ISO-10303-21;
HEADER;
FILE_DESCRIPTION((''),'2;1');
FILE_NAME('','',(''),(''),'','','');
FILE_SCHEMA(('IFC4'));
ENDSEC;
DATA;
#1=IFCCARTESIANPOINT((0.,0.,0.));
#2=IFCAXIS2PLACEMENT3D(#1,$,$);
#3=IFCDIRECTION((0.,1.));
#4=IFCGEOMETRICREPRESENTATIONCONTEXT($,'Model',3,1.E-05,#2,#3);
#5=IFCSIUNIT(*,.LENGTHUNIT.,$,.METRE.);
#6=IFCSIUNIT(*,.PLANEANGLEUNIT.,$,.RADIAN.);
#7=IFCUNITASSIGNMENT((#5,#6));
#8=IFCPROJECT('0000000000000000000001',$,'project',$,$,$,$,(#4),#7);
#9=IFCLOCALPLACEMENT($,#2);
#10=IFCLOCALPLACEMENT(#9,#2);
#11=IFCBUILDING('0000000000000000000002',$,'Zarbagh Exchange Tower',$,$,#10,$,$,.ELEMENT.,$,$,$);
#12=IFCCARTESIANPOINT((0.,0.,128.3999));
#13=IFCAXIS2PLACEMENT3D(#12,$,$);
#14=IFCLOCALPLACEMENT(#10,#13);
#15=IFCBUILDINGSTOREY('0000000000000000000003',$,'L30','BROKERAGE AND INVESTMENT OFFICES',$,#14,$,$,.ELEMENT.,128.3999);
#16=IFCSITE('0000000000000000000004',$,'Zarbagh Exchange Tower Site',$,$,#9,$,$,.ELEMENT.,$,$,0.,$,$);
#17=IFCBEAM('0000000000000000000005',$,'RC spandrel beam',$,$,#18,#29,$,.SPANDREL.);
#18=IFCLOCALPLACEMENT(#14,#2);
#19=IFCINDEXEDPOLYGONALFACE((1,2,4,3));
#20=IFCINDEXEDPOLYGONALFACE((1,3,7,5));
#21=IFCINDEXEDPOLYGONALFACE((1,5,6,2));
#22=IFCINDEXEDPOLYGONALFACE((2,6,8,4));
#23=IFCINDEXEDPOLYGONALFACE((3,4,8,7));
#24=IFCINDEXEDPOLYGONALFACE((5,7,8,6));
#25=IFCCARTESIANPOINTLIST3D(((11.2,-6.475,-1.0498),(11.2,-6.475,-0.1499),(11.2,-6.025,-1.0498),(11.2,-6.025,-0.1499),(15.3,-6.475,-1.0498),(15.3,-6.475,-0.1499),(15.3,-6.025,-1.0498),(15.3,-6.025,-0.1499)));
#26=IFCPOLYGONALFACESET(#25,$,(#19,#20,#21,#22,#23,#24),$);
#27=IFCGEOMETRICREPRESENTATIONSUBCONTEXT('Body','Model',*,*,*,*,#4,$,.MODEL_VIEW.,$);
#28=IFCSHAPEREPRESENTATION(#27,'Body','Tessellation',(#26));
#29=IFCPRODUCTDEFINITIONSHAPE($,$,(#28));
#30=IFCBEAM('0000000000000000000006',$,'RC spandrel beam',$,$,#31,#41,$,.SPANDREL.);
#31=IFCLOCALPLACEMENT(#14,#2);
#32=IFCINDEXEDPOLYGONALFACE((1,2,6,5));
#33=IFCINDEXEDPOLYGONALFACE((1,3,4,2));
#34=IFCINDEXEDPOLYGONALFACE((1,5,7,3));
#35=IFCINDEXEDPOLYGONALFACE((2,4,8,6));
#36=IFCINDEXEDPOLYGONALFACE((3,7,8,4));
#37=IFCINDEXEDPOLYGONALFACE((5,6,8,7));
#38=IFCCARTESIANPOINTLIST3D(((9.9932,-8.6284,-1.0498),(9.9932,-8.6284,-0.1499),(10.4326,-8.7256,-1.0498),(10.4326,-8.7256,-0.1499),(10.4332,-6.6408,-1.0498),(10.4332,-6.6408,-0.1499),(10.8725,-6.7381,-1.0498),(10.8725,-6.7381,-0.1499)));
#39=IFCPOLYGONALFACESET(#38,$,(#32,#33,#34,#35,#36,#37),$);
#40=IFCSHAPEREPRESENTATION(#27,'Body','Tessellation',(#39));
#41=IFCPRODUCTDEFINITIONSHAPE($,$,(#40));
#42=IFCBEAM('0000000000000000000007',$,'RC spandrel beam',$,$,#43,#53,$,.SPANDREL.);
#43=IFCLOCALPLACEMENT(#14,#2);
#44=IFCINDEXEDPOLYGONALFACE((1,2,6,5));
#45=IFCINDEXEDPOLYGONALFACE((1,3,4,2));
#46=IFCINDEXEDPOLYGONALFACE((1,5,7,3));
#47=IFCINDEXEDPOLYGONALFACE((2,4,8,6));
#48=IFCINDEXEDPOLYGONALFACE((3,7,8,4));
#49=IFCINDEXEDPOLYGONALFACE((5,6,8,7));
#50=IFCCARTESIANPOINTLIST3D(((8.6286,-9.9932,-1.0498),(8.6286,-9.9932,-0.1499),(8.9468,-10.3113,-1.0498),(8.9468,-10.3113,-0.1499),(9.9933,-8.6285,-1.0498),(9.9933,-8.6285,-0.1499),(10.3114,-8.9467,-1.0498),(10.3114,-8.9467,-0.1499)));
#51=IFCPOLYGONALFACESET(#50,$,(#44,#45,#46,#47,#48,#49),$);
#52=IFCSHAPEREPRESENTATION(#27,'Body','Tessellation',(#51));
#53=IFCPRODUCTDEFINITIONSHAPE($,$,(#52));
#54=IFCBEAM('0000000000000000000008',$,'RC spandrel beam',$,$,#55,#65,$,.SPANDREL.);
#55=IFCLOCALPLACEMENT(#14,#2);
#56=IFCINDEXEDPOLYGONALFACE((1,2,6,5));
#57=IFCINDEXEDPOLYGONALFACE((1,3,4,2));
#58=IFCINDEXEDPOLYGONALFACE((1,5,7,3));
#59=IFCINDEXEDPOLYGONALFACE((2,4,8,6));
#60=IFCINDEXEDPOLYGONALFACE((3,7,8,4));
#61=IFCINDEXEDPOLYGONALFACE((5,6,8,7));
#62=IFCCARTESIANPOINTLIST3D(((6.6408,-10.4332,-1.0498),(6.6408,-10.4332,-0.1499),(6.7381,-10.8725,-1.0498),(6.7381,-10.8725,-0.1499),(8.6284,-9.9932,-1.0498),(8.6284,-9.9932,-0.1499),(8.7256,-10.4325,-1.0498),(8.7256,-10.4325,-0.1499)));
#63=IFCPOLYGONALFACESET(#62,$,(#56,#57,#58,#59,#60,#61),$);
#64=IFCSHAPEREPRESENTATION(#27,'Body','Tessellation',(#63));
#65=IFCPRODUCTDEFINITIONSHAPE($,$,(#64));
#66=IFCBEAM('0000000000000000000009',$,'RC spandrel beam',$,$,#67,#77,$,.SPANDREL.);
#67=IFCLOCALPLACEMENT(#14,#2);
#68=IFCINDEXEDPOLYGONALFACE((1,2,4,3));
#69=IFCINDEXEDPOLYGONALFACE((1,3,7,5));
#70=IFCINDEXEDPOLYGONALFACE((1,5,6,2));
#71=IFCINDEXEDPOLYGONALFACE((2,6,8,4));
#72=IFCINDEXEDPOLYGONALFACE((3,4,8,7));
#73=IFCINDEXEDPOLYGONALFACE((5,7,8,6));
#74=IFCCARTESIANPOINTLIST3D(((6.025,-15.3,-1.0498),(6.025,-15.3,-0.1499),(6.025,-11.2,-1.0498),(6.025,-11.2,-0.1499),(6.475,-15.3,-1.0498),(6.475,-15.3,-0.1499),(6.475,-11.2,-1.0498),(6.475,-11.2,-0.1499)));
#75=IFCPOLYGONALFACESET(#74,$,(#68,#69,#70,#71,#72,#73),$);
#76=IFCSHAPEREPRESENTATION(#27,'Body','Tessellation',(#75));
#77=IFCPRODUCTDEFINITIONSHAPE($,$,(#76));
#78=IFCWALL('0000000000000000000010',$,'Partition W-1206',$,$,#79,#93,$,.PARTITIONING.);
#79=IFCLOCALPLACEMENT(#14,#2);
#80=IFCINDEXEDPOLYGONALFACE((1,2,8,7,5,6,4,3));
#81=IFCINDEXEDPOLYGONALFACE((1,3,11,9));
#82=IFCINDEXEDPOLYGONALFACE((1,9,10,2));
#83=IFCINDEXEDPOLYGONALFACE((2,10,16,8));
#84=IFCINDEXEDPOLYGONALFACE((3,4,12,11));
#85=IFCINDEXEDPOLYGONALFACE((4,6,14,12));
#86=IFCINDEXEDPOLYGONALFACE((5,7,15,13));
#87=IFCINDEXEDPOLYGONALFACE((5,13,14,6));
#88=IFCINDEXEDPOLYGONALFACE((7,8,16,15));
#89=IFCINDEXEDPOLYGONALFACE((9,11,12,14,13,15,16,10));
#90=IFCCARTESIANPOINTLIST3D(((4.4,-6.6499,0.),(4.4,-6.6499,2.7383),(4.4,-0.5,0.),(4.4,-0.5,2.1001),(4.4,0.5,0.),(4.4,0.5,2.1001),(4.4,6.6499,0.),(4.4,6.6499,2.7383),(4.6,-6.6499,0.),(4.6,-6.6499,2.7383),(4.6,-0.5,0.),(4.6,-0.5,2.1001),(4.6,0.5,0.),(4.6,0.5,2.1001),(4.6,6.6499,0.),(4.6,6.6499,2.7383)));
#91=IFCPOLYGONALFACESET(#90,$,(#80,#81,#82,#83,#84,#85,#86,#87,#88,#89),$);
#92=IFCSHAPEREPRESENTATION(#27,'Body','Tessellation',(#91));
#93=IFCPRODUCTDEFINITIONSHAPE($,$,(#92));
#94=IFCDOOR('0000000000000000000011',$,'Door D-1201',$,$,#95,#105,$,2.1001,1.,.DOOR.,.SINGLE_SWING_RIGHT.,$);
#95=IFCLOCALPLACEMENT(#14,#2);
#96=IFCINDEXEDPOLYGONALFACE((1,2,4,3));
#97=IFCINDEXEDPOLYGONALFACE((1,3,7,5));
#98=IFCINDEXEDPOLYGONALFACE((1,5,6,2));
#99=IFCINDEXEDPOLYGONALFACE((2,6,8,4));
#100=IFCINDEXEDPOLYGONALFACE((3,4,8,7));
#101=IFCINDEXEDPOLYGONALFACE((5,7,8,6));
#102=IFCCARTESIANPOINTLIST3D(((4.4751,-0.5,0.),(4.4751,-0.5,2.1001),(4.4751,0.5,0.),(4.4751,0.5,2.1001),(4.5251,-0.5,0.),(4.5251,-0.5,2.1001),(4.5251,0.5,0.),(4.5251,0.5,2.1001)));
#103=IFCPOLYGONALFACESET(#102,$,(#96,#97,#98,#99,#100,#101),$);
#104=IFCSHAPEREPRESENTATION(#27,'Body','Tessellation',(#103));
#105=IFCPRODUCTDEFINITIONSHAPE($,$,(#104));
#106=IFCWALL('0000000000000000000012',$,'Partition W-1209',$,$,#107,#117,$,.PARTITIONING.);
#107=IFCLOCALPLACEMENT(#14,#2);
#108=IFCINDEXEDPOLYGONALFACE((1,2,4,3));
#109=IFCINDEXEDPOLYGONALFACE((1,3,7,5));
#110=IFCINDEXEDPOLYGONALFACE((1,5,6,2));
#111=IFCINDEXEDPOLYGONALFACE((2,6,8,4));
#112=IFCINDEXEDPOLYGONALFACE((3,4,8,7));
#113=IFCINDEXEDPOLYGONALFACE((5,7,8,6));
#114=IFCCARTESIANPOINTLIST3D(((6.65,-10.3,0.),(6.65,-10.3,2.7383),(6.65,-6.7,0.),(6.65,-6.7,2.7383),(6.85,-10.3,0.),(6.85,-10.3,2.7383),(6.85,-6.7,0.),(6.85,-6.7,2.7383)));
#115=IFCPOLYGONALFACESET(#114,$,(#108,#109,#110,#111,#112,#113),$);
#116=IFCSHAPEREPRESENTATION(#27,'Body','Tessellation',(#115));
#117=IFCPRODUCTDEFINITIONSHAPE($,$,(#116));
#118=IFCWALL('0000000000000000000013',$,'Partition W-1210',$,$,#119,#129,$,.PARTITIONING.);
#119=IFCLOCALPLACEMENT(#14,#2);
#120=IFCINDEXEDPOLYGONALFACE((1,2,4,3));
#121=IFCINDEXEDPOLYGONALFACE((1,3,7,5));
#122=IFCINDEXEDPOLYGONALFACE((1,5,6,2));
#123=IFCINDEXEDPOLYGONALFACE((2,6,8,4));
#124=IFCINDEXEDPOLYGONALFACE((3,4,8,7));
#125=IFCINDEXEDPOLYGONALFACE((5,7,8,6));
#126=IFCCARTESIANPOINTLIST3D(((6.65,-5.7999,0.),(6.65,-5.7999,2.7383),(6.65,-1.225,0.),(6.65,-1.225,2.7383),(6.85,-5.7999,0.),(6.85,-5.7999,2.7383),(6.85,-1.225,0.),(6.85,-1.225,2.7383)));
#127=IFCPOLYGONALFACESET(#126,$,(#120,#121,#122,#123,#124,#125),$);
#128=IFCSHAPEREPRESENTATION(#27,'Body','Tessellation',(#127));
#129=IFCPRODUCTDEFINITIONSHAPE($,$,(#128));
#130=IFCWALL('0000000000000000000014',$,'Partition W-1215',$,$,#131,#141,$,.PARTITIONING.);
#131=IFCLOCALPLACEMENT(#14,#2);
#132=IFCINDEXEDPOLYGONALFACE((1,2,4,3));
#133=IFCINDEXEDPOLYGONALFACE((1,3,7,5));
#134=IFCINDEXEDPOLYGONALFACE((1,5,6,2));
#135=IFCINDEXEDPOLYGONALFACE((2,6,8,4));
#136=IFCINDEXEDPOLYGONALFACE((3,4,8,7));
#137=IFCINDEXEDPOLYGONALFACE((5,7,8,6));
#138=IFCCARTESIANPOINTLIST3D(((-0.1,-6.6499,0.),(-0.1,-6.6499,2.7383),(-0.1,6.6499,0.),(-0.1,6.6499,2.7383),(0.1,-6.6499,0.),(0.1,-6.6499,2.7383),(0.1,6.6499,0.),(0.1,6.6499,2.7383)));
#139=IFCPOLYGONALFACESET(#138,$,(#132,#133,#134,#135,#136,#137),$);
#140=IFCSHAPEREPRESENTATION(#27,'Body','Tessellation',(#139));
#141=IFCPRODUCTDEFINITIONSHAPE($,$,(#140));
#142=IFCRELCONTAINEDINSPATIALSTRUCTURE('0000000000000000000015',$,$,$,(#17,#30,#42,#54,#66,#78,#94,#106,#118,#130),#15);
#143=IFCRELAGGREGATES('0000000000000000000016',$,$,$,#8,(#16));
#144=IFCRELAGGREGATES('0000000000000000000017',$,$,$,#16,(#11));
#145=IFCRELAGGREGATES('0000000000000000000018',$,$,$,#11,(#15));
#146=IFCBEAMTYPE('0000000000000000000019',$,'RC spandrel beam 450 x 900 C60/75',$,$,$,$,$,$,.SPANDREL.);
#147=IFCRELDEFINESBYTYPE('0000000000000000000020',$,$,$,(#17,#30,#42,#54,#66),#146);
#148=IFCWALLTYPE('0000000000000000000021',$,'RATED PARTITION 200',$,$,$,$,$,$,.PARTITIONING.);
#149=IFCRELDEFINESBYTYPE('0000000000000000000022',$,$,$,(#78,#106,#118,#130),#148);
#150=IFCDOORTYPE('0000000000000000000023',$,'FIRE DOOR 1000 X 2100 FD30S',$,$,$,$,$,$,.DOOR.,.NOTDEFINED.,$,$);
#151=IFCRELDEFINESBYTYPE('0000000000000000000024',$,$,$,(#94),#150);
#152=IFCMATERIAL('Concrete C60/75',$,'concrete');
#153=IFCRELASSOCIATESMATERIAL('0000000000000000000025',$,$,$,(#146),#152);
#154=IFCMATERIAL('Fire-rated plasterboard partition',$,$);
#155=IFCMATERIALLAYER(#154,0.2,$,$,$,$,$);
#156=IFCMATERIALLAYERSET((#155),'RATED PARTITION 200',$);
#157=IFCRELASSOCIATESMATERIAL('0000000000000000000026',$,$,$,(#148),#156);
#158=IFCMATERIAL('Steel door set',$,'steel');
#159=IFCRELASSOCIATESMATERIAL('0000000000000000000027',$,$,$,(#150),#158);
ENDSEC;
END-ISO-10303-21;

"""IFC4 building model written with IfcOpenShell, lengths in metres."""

from ifc_helpers import new_model, si_unit, direction, frame, frame_2d, origin, origin_2d, place, context, subcontext, project, spatial, rectangle, extrude, material, layer, layer_set, material_profile, profile_set, type_object, element, fill, save


model = new_model("IFC4")

# Units and contexts
model_context = context("Model", 3, precision=1e-05, world=origin(), true_north=direction((0.0, 1.0)))
body_context = subcontext(model_context, "Body", "Model", "MODEL_VIEW")
ifc_project = project(units=[si_unit("LENGTHUNIT", "METRE"), si_unit("PLANEANGLEUNIT", "RADIAN")], contexts=[model_context])

# Site, building, storey
site_placement = place(None, origin())
site = spatial("IfcSite", under=ifc_project, at=site_placement, Name="Zarbagh Exchange Tower Site", CompositionType="ELEMENT", RefElevation=0.0)
building_placement = place(site_placement, origin())
building = spatial("IfcBuilding", under=site, at=building_placement, Name="Zarbagh Exchange Tower", CompositionType="ELEMENT")
storey_placement = place(building_placement, frame((0.0, 0.0, 128.3999)))
storey = spatial("IfcBuildingStorey", under=building, at=storey_placement, Name="L30", Description="BROKERAGE AND INVESTMENT OFFICES", CompositionType="ELEMENT", Elevation=128.3999)

# Shared definitions
ifc_material_1 = material(Name="Concrete C60/75", Category="concrete")

# Beams
ifc_material_profile_1 = material_profile(ifc_material_1, rectangle(XDim=0.45, YDim=0.8999, at=origin_2d()), Name="RC spandrel beam 450 x 900 C60/75")
ifc_profile_set_1 = profile_set([ifc_material_profile_1], Name="Concrete C60/75")
beam_type_1 = type_object("IfcBeamType", Name="RC spandrel beam 450 x 900 C60/75", PredefinedType="SPANDREL", material=ifc_profile_set_1)
beam_1_placement = place(storey_placement, frame((15.3, -6.25, -0.5999), z_axis=(-1.0, 0.0, 0.0), x_axis=(0.0, -1.0, 0.0)))
element("IfcBeam", 1, at=beam_1_placement, inside=storey, type_object=beam_type_1, Name="RC spandrel beam", PredefinedType="SPANDREL", context=body_context, shape_type="SweptSolid", body=[
    extrude(rectangle(XDim=0.45, YDim=0.8999, at=origin_2d()), origin(), (0.0, 0.0, 1.0), 4.1001),
])
beam_2_placement = place(storey_placement, frame((10.6528, -6.6895, -0.5999), z_axis=(-0.216118, -0.976367, 0.0), x_axis=(0.976367, -0.216118, 0.0)))
element("IfcBeam", 2, at=beam_2_placement, inside=storey, type_object=beam_type_1, Name="RC spandrel beam", PredefinedType="SPANDREL", context=body_context, shape_type="SweptSolid", body=[
    extrude(rectangle(XDim=0.45, YDim=0.8999, at=origin_2d()), origin(), (0.0, 0.0, 1.0), 2.0356),
])
beam_3_placement = place(storey_placement, frame((10.1523, -8.7876, -0.5999), z_axis=(-0.707107, -0.707107, 0.0), x_axis=(0.707107, -0.707107, 0.0)))
element("IfcBeam", 3, at=beam_3_placement, inside=storey, type_object=beam_type_1, Name="RC spandrel beam", PredefinedType="SPANDREL", context=body_context, shape_type="SweptSolid", body=[
    extrude(rectangle(XDim=0.45, YDim=0.8999, at=origin_2d()), origin(), (0.0, 0.0, 1.0), 1.9299),
])
beam_4_placement = place(storey_placement, frame((8.677, -10.2129, -0.5999), z_axis=(-0.976367, -0.216118, 0.0), x_axis=(0.216118, -0.976367, 0.0)))
element("IfcBeam", 4, at=beam_4_placement, inside=storey, type_object=beam_type_1, Name="RC spandrel beam", PredefinedType="SPANDREL", context=body_context, shape_type="SweptSolid", body=[
    extrude(rectangle(XDim=0.45, YDim=0.8999, at=origin_2d()), origin(), (0.0, 0.0, 1.0), 2.0356),
])
beam_5_placement = place(storey_placement, frame((6.25, -11.2, -0.5999), z_axis=(0.0, -1.0, 0.0), x_axis=(1.0, 0.0, 0.0)))
element("IfcBeam", 5, at=beam_5_placement, inside=storey, type_object=beam_type_1, Name="RC spandrel beam", PredefinedType="SPANDREL", context=body_context, shape_type="SweptSolid", body=[
    extrude(rectangle(XDim=0.45, YDim=0.8999, at=origin_2d()), origin(), (0.0, 0.0, 1.0), 4.1001),
])

# Wall, opening, door
ifc_material_2 = material(Name="Fire-rated plasterboard partition")
ifc_layer_1 = layer(ifc_material_2, 0.2)
ifc_layer_set_1 = layer_set([ifc_layer_1], Name="RATED PARTITION 200")
wall_type_1 = type_object("IfcWallType", Name="RATED PARTITION 200", PredefinedType="PARTITIONING", material=ifc_layer_set_1)
wall_1_placement = place(storey_placement, frame((4.5, -6.6499, 0.0), z_axis=(0.0, 0.0, 1.0), x_axis=(0.0, 1.0, 0.0)))
wall_1 = element("IfcWall", 6, at=wall_1_placement, inside=storey, type_object=wall_type_1, Name="Partition W-1206", PredefinedType="PARTITIONING", context=body_context, shape_type="SweptSolid", body=[
    extrude(rectangle(XDim=13.2998, YDim=0.2, at=frame_2d((6.6499, 0.0))), origin(), (0.0, 0.0, 1.0), 2.7383),
])
opening_1_placement = place(wall_1_placement, frame((6.1499, 0.0, 0.0)))
opening_1 = element("IfcOpeningElement", 7, at=opening_1_placement, cuts=wall_1, PredefinedType="OPENING", context=body_context, shape_type="SweptSolid", body=[
    extrude(rectangle(XDim=1.0, YDim=2.1001, at=frame_2d((0.5, 1.05))), frame((0.0, 0.1099, 0.0), z_axis=(0.0, -1.0, 0.0), x_axis=(1.0, 0.0, 0.0)), (0.0, 0.0, 1.0), 0.22),
])
ifc_material_3 = material(Name="Steel door set", Category="steel")
door_type_1 = type_object("IfcDoorType", Name="FIRE DOOR 1000 X 2100 FD30S", OperationType="NOTDEFINED", PredefinedType="DOOR", material=ifc_material_3)
door_1_placement = place(opening_1_placement, origin())
door_1 = element("IfcDoor", 8, at=door_1_placement, inside=storey, type_object=door_type_1, Name="Door D-1201", OperationType="SINGLE_SWING_RIGHT", OverallHeight=2.1001, OverallWidth=1.0, PredefinedType="DOOR", context=body_context, shape_type="SweptSolid", body=[
    extrude(rectangle(XDim=1.0, YDim=2.1001, at=frame_2d((0.5, 1.05))), frame((0.0, 0.0249, 0.0), z_axis=(0.0, -1.0, 0.0), x_axis=(1.0, 0.0, 0.0)), (0.0, 0.0, 1.0), 0.05),
])
fill(opening_1, door_1)

# Walls
wall_2_placement = place(storey_placement, frame((6.75, -10.3, 0.0), z_axis=(0.0, 0.0, 1.0), x_axis=(0.0, 1.0, 0.0)))
element("IfcWall", 9, at=wall_2_placement, inside=storey, type_object=wall_type_1, Name="Partition W-1209", PredefinedType="PARTITIONING", context=body_context, shape_type="SweptSolid", body=[
    extrude(rectangle(XDim=3.6001, YDim=0.2, at=frame_2d((1.8, 0.0))), origin(), (0.0, 0.0, 1.0), 2.7383),
])
wall_3_placement = place(storey_placement, frame((6.75, -5.8, 0.0), z_axis=(0.0, 0.0, 1.0), x_axis=(0.0, 1.0, 0.0)))
element("IfcWall", 10, at=wall_3_placement, inside=storey, type_object=wall_type_1, Name="Partition W-1210", PredefinedType="PARTITIONING", context=body_context, shape_type="SweptSolid", body=[
    extrude(rectangle(XDim=4.575, YDim=0.2, at=frame_2d((2.2876, 0.0))), origin(), (0.0, 0.0, 1.0), 2.7383),
])
wall_4_placement = place(storey_placement, frame((0.0, -6.6499, 0.0), z_axis=(0.0, 0.0, 1.0), x_axis=(0.0, 1.0, 0.0)))
element("IfcWall", 11, at=wall_4_placement, inside=storey, type_object=wall_type_1, Name="Partition W-1215", PredefinedType="PARTITIONING", context=body_context, shape_type="SweptSolid", body=[
    extrude(rectangle(XDim=13.2998, YDim=0.2, at=frame_2d((6.6499, 0.0))), origin(), (0.0, 0.0, 1.0), 2.7383),
])

save(model, "model.ifc")
